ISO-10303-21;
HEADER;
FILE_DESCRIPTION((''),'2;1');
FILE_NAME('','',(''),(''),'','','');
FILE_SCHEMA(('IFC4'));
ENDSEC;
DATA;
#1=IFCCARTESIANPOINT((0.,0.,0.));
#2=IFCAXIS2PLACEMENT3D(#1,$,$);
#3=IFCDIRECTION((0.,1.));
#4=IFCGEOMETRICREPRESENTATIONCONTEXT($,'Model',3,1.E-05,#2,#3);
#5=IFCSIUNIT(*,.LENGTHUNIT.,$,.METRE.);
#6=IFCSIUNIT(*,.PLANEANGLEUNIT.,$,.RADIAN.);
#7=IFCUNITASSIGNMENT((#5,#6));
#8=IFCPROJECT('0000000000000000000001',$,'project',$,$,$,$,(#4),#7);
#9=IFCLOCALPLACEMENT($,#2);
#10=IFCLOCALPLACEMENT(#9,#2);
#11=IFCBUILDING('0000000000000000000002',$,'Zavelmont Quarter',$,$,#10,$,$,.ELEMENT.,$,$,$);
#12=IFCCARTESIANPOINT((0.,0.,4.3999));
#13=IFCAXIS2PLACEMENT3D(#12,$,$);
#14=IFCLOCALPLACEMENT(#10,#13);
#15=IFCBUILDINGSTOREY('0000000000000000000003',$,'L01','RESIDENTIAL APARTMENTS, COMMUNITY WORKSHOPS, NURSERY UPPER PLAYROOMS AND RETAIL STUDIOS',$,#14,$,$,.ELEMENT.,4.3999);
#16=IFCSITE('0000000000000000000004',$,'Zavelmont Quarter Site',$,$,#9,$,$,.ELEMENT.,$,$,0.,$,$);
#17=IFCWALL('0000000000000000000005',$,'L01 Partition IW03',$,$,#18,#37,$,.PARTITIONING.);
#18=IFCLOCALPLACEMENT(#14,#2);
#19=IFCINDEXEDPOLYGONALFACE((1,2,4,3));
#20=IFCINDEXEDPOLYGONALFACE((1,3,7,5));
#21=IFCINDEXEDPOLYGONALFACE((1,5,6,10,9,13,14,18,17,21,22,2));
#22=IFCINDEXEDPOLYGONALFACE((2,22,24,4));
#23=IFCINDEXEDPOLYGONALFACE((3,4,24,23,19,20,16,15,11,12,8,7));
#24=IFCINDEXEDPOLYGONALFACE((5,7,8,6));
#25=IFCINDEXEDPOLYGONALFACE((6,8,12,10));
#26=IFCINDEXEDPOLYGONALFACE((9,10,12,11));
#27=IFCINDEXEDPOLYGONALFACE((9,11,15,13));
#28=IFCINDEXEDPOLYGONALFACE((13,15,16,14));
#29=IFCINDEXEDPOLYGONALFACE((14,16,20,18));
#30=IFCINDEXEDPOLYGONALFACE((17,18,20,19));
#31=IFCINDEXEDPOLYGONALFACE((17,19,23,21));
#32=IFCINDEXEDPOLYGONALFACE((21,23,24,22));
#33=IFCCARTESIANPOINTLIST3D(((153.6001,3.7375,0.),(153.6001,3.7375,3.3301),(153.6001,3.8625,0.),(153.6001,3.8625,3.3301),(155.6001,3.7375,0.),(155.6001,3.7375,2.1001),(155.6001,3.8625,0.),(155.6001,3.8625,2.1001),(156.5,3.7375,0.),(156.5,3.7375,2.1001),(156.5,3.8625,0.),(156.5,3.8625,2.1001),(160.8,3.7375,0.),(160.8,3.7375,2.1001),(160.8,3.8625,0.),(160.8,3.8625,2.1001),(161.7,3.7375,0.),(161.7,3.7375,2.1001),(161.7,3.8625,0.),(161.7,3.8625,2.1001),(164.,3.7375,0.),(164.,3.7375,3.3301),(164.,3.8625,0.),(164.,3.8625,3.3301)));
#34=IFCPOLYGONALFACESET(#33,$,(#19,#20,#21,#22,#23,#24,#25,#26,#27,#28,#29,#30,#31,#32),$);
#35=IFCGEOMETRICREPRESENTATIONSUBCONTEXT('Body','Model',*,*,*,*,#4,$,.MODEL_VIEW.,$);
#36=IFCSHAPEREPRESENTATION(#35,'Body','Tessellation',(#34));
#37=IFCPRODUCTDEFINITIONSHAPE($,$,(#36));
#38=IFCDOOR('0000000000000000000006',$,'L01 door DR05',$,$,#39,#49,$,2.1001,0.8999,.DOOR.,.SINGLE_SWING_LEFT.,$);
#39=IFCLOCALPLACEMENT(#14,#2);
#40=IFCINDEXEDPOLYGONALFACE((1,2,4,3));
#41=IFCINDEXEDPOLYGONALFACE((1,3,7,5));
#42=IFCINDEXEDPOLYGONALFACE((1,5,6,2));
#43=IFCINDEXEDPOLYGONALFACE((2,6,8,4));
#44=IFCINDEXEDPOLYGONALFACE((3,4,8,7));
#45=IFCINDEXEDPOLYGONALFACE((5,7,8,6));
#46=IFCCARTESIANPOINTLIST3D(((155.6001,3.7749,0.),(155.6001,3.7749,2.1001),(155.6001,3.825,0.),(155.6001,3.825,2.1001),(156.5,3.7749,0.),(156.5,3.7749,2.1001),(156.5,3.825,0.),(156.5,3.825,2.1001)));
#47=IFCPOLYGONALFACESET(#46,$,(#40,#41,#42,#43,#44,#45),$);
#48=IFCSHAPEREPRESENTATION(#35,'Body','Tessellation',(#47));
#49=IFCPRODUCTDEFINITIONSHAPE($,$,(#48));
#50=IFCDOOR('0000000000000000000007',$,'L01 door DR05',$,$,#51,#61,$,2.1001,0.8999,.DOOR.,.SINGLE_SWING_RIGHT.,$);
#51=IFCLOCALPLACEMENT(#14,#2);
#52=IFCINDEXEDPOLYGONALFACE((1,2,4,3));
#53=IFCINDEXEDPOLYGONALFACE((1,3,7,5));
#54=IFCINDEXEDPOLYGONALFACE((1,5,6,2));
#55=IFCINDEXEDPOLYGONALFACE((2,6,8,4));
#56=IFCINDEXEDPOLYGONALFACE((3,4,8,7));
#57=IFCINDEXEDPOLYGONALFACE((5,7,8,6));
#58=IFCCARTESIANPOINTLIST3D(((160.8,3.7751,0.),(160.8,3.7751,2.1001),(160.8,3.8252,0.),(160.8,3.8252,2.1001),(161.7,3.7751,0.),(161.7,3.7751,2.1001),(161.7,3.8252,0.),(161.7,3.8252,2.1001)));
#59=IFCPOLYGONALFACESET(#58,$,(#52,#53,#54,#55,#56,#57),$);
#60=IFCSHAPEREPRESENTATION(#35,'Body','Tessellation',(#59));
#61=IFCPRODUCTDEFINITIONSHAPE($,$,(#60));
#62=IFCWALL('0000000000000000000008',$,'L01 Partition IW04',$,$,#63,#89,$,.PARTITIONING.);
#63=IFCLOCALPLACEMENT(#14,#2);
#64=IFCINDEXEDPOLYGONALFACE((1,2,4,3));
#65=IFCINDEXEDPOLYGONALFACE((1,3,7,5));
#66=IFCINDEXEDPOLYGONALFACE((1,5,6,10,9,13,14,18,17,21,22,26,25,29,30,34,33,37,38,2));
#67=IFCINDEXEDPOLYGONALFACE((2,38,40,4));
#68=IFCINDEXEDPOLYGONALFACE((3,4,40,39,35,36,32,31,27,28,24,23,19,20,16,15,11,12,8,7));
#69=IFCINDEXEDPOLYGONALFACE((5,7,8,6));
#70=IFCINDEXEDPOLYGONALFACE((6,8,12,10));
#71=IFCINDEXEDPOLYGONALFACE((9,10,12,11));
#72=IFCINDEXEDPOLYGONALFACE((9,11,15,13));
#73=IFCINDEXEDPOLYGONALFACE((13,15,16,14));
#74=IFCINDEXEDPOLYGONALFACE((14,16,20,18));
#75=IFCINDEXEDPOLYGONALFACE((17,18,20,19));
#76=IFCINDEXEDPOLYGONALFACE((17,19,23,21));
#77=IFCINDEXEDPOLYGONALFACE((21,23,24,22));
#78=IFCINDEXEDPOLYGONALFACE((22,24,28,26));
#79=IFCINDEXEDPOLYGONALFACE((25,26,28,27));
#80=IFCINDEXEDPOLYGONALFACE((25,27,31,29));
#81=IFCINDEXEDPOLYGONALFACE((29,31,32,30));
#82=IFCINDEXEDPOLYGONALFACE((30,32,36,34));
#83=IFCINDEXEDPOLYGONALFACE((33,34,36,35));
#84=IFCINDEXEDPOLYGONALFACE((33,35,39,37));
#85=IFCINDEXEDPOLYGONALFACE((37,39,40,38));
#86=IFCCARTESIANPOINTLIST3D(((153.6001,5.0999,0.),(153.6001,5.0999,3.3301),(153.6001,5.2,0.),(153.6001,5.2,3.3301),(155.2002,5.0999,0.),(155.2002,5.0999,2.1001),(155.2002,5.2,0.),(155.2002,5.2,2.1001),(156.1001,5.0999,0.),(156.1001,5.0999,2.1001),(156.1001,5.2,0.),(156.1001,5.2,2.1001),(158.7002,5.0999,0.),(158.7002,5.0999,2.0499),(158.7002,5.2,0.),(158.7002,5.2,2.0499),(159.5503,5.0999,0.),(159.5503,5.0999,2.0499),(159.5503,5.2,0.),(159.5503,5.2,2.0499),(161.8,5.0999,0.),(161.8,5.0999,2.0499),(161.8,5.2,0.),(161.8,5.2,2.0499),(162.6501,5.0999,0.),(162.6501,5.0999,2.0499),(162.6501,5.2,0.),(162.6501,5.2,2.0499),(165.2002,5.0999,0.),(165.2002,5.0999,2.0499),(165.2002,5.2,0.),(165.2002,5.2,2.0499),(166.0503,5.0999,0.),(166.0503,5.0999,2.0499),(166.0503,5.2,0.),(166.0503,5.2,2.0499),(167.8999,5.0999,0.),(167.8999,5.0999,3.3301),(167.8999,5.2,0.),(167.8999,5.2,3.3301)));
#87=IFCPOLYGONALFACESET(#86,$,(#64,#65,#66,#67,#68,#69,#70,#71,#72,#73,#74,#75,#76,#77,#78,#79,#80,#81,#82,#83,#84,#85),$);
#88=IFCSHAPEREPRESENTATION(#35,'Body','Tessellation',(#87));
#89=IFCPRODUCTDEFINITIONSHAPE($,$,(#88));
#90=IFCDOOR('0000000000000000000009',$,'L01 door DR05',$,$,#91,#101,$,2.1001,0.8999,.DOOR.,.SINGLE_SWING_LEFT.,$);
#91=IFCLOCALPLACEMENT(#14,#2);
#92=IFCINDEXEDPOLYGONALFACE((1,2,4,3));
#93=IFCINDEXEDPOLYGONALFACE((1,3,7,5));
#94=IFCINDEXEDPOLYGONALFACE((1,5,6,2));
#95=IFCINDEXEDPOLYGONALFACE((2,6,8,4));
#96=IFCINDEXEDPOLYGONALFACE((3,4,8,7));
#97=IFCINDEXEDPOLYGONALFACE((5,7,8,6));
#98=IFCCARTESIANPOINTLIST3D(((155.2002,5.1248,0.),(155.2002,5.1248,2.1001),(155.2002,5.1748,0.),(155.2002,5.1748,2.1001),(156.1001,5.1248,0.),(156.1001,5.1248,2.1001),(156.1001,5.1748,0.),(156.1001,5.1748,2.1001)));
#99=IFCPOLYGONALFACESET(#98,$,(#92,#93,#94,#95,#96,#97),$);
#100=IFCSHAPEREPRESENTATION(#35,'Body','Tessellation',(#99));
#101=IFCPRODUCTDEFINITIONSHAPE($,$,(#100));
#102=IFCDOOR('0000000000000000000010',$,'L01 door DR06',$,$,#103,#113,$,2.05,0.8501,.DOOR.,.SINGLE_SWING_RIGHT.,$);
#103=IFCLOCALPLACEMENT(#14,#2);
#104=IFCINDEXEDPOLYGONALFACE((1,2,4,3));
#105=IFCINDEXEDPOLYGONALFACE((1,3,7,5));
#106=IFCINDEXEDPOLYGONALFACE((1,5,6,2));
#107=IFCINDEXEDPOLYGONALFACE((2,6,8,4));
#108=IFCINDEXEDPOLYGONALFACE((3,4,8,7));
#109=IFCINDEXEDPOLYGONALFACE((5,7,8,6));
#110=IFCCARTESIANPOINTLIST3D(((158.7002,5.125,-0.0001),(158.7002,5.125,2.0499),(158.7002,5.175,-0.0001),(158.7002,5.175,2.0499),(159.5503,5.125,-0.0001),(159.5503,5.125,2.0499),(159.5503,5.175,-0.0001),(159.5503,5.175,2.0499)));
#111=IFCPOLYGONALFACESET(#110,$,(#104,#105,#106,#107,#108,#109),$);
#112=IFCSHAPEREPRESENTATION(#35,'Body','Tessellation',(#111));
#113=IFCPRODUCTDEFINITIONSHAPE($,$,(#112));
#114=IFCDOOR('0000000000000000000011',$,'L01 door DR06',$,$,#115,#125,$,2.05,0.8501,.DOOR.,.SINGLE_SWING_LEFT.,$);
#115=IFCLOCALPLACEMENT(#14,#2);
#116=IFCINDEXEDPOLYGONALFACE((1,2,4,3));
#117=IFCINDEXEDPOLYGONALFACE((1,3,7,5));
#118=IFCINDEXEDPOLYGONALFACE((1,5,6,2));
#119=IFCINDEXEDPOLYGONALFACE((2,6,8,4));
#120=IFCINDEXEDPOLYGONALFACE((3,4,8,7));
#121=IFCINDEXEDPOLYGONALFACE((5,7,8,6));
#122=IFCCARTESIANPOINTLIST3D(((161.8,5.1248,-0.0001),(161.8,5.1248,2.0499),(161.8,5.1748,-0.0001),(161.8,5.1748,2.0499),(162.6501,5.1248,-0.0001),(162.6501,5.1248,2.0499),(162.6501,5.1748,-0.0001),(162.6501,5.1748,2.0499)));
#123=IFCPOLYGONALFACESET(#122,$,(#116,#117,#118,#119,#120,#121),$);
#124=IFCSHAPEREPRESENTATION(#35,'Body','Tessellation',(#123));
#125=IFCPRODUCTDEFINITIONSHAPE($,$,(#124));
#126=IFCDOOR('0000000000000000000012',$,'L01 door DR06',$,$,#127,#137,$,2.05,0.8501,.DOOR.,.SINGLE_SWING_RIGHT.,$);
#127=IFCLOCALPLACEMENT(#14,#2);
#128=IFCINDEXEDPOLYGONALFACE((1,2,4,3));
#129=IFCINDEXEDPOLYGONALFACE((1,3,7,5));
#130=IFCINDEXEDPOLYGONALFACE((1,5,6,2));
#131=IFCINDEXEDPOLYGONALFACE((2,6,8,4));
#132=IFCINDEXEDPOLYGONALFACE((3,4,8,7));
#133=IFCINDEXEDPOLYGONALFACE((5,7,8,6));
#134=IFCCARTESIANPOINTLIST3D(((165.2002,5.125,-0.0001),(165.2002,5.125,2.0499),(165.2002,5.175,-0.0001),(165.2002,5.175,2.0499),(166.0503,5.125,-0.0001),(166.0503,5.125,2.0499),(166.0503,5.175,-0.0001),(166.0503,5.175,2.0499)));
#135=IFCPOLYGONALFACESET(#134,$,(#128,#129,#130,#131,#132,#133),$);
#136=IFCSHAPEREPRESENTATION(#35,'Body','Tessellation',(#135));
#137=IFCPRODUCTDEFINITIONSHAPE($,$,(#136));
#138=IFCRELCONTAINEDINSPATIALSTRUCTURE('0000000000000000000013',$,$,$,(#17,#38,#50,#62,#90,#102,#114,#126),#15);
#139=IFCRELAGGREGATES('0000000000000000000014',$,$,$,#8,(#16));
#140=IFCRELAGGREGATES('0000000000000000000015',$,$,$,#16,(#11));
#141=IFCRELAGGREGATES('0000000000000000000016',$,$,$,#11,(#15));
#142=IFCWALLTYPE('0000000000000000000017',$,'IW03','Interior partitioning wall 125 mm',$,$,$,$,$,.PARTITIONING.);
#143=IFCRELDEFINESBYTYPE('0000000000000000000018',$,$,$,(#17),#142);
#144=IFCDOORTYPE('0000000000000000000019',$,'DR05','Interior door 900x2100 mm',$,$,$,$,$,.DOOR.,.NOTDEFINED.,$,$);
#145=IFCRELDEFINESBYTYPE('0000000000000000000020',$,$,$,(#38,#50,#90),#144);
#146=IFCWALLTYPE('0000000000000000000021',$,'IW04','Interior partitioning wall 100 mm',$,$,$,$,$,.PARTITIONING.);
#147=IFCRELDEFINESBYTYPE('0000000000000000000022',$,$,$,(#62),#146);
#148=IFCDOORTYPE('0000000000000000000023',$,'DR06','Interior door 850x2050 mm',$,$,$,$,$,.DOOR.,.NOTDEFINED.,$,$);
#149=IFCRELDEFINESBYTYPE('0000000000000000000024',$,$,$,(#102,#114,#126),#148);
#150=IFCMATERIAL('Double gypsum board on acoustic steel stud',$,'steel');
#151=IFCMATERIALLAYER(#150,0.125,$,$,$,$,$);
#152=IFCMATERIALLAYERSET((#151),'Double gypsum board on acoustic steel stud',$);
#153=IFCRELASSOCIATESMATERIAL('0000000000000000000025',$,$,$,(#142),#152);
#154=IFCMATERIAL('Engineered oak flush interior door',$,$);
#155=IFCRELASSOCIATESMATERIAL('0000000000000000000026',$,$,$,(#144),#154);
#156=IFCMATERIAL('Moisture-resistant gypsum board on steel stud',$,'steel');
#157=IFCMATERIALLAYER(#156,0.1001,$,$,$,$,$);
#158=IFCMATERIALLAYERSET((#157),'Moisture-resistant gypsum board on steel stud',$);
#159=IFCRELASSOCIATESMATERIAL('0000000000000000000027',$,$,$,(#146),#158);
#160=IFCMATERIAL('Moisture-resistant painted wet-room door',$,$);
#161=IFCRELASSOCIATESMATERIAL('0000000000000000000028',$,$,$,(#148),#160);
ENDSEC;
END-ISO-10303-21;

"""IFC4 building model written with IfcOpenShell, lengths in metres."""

from ifc_helpers import new_model, si_unit, direction, frame, frame_2d, origin, origin_with_axes, place, context, subcontext, project, spatial, rectangle, extrude, material, layer, layer_set, type_object, element, fill, save


model = new_model("IFC4")

# Units and contexts
model_context = context("Model", 3, precision=1e-05, world=origin(), true_north=direction((0.0, 1.0)))
body_context = subcontext(model_context, "Body", "Model", "MODEL_VIEW")
ifc_project = project(units=[si_unit("LENGTHUNIT", "METRE"), si_unit("PLANEANGLEUNIT", "RADIAN")], contexts=[model_context])

# Site, building, storey
site_placement = place(None, origin())
site = spatial("IfcSite", under=ifc_project, at=site_placement, Name="Zavelmont Quarter Site", CompositionType="ELEMENT", RefElevation=0.0)
building_placement = place(site_placement, origin())
building = spatial("IfcBuilding", under=site, at=building_placement, Name="Zavelmont Quarter", CompositionType="ELEMENT")
storey_placement = place(building_placement, frame((0.0, 0.0, 4.3999)))
storey = spatial("IfcBuildingStorey", under=building, at=storey_placement, Name="L01", Description="RESIDENTIAL APARTMENTS, COMMUNITY WORKSHOPS, NURSERY UPPER PLAYROOMS AND RETAIL STUDIOS", CompositionType="ELEMENT", Elevation=4.3999)

# Shared definitions
ifc_material_1 = material(Name="Double gypsum board on acoustic steel stud", Category="steel")
ifc_layer_1 = layer(ifc_material_1, 0.125)
ifc_layer_set_1 = layer_set([ifc_layer_1], Name="Double gypsum board on acoustic steel stud")
wall_type_1 = type_object("IfcWallType", Name="IW03", Description="Interior partitioning wall 125 mm", PredefinedType="PARTITIONING", material=ifc_layer_set_1)
ifc_material_2 = material(Name="Engineered oak flush interior door")
door_type_1 = type_object("IfcDoorType", Name="DR05", Description="Interior door 900x2100 mm", OperationType="NOTDEFINED", PredefinedType="DOOR", material=ifc_material_2)

# Walls, openings, doors
wall_1_placement = place(storey_placement, frame((153.6001, 3.8, 0.0), z_axis=(0.0, 0.0, 1.0), x_axis=(1.0, 0.0, 0.0)))
wall_1 = element("IfcWall", 1, at=wall_1_placement, inside=storey, type_object=wall_type_1, Name="L01 Partition IW03", PredefinedType="PARTITIONING", context=body_context, shape_type="SweptSolid", body=[
    extrude(rectangle(XDim=10.3999, YDim=0.125, at=frame_2d((5.2, 0.0))), origin(), (0.0, 0.0, 1.0), 3.3301),
])
opening_1_placement = place(wall_1_placement, frame((2.0, 0.0, 0.0)))
opening_1 = element("IfcOpeningElement", 2, at=opening_1_placement, cuts=wall_1, PredefinedType="OPENING", context=body_context, shape_type="SweptSolid", body=[
    extrude(rectangle(XDim=0.8999, YDim=2.1001, at=frame_2d((0.45, 1.05))), frame((0.0, 0.0745, 0.0), z_axis=(0.0, -1.0, 0.0), x_axis=(1.0, 0.0, 0.0)), (0.0, 0.0, 1.0), 0.1489),
])
opening_2_placement = place(wall_1_placement, frame((7.2, 0.0, 0.0)))
opening_2 = element("IfcOpeningElement", 3, at=opening_2_placement, cuts=wall_1, PredefinedType="OPENING", context=body_context, shape_type="SweptSolid", body=[
    extrude(rectangle(XDim=0.8999, YDim=2.1001, at=frame_2d((0.45, 1.05))), frame((0.0, 0.0745, 0.0), z_axis=(0.0, -1.0, 0.0), x_axis=(1.0, 0.0, 0.0)), (0.0, 0.0, 1.0), 0.1489),
])
door_1_placement = place(opening_1_placement, origin_with_axes())
door_1 = element("IfcDoor", 4, at=door_1_placement, inside=storey, type_object=door_type_1, Name="L01 door DR05", OperationType="SINGLE_SWING_LEFT", OverallHeight=2.1001, OverallWidth=0.8999, PredefinedType="DOOR", context=body_context, shape_type="SweptSolid", body=[
    extrude(rectangle(XDim=0.8999, YDim=2.1001, at=frame_2d((0.45, 1.05))), frame((0.0, 0.0249, 0.0), z_axis=(0.0, -1.0, 0.0), x_axis=(1.0, 0.0, 0.0)), (0.0, 0.0, 1.0), 0.05),
])
fill(opening_1, door_1)
door_2_placement = place(opening_2_placement, frame((0.8999, 0.0, 0.0), z_axis=(0.0, 0.0, 1.0), x_axis=(-1.0, 0.0, 0.0)))
door_2 = element("IfcDoor", 5, at=door_2_placement, inside=storey, type_object=door_type_1, Name="L01 door DR05", OperationType="SINGLE_SWING_RIGHT", OverallHeight=2.1001, OverallWidth=0.8999, PredefinedType="DOOR", context=body_context, shape_type="SweptSolid", body=[
    extrude(rectangle(XDim=0.8999, YDim=2.1001, at=frame_2d((0.45, 1.05))), frame((0.0, 0.0249, 0.0), z_axis=(0.0, -1.0, 0.0), x_axis=(1.0, 0.0, 0.0)), (0.0, 0.0, 1.0), 0.05),
])
fill(opening_2, door_2)
ifc_material_3 = material(Name="Moisture-resistant gypsum board on steel stud", Category="steel")
ifc_layer_2 = layer(ifc_material_3, 0.1001)
ifc_layer_set_2 = layer_set([ifc_layer_2], Name="Moisture-resistant gypsum board on steel stud")
wall_type_2 = type_object("IfcWallType", Name="IW04", Description="Interior partitioning wall 100 mm", PredefinedType="PARTITIONING", material=ifc_layer_set_2)
wall_2_placement = place(storey_placement, frame((153.6001, 5.1499, 0.0), z_axis=(0.0, 0.0, 1.0), x_axis=(1.0, 0.0, 0.0)))
wall_2 = element("IfcWall", 6, at=wall_2_placement, inside=storey, type_object=wall_type_2, Name="L01 Partition IW04", PredefinedType="PARTITIONING", context=body_context, shape_type="SweptSolid", body=[
    extrude(rectangle(XDim=14.2998, YDim=0.1001, at=frame_2d((7.1499, 0.0))), origin(), (0.0, 0.0, 1.0), 3.3301),
])
opening_3_placement = place(wall_2_placement, frame((1.6001, 0.0, 0.0)))
opening_3 = element("IfcOpeningElement", 7, at=opening_3_placement, cuts=wall_2, PredefinedType="OPENING", context=body_context, shape_type="SweptSolid", body=[
    extrude(rectangle(XDim=0.8999, YDim=2.1001, at=frame_2d((0.45, 1.05))), frame((0.0, 0.062, 0.0), z_axis=(0.0, -1.0, 0.0), x_axis=(1.0, 0.0, 0.0)), (0.0, 0.0, 1.0), 0.124),
])
opening_4_placement = place(wall_2_placement, frame((5.1001, 0.0, 0.0)))
opening_4 = element("IfcOpeningElement", 8, at=opening_4_placement, cuts=wall_2, PredefinedType="OPENING", context=body_context, shape_type="SweptSolid", body=[
    extrude(rectangle(XDim=0.8501, YDim=2.05, at=frame_2d((0.425, 1.0249))), frame((0.0, 0.062, 0.0), z_axis=(0.0, -1.0, 0.0), x_axis=(1.0, 0.0, 0.0)), (0.0, 0.0, 1.0), 0.124),
])
opening_5_placement = place(wall_2_placement, frame((8.2, 0.0, 0.0)))
opening_5 = element("IfcOpeningElement", 9, at=opening_5_placement, cuts=wall_2, PredefinedType="OPENING", context=body_context, shape_type="SweptSolid", body=[
    extrude(rectangle(XDim=0.8501, YDim=2.05, at=frame_2d((0.425, 1.0249))), frame((0.0, 0.062, 0.0), z_axis=(0.0, -1.0, 0.0), x_axis=(1.0, 0.0, 0.0)), (0.0, 0.0, 1.0), 0.124),
])
opening_6_placement = place(wall_2_placement, frame((11.6001, 0.0, 0.0)))
opening_6 = element("IfcOpeningElement", 10, at=opening_6_placement, cuts=wall_2, PredefinedType="OPENING", context=body_context, shape_type="SweptSolid", body=[
    extrude(rectangle(XDim=0.8501, YDim=2.05, at=frame_2d((0.425, 1.0249))), frame((0.0, 0.062, 0.0), z_axis=(0.0, -1.0, 0.0), x_axis=(1.0, 0.0, 0.0)), (0.0, 0.0, 1.0), 0.124),
])
door_3_placement = place(opening_3_placement, origin_with_axes())
door_3 = element("IfcDoor", 11, at=door_3_placement, inside=storey, type_object=door_type_1, Name="L01 door DR05", OperationType="SINGLE_SWING_LEFT", OverallHeight=2.1001, OverallWidth=0.8999, PredefinedType="DOOR", context=body_context, shape_type="SweptSolid", body=[
    extrude(rectangle(XDim=0.8999, YDim=2.1001, at=frame_2d((0.45, 1.05))), frame((0.0, 0.0249, 0.0), z_axis=(0.0, -1.0, 0.0), x_axis=(1.0, 0.0, 0.0)), (0.0, 0.0, 1.0), 0.05),
])
fill(opening_3, door_3)
ifc_material_4 = material(Name="Moisture-resistant painted wet-room door")
door_type_2 = type_object("IfcDoorType", Name="DR06", Description="Interior door 850x2050 mm", OperationType="NOTDEFINED", PredefinedType="DOOR", material=ifc_material_4)
door_4_placement = place(opening_4_placement, frame((0.8501, 0.0, 0.0), z_axis=(0.0, 0.0, 1.0), x_axis=(-1.0, 0.0, 0.0)))
door_4 = element("IfcDoor", 12, at=door_4_placement, inside=storey, type_object=door_type_2, Name="L01 door DR06", OperationType="SINGLE_SWING_RIGHT", OverallHeight=2.05, OverallWidth=0.8501, PredefinedType="DOOR", context=body_context, shape_type="SweptSolid", body=[
    extrude(rectangle(XDim=0.8501, YDim=2.05, at=frame_2d((0.425, 1.0249))), frame((0.0, 0.0249, 0.0), z_axis=(0.0, -1.0, 0.0), x_axis=(1.0, 0.0, 0.0)), (0.0, 0.0, 1.0), 0.05),
])
fill(opening_4, door_4)
door_5_placement = place(opening_5_placement, origin_with_axes())
door_5 = element("IfcDoor", 13, at=door_5_placement, inside=storey, type_object=door_type_2, Name="L01 door DR06", OperationType="SINGLE_SWING_LEFT", OverallHeight=2.05, OverallWidth=0.8501, PredefinedType="DOOR", context=body_context, shape_type="SweptSolid", body=[
    extrude(rectangle(XDim=0.8501, YDim=2.05, at=frame_2d((0.425, 1.0249))), frame((0.0, 0.0249, 0.0), z_axis=(0.0, -1.0, 0.0), x_axis=(1.0, 0.0, 0.0)), (0.0, 0.0, 1.0), 0.05),
])
fill(opening_5, door_5)
door_6_placement = place(opening_6_placement, frame((0.8501, 0.0, 0.0), z_axis=(0.0, 0.0, 1.0), x_axis=(-1.0, 0.0, 0.0)))
door_6 = element("IfcDoor", 14, at=door_6_placement, inside=storey, type_object=door_type_2, Name="L01 door DR06", OperationType="SINGLE_SWING_RIGHT", OverallHeight=2.05, OverallWidth=0.8501, PredefinedType="DOOR", context=body_context, shape_type="SweptSolid", body=[
    extrude(rectangle(XDim=0.8501, YDim=2.05, at=frame_2d((0.425, 1.0249))), frame((0.0, 0.0249, 0.0), z_axis=(0.0, -1.0, 0.0), x_axis=(1.0, 0.0, 0.0)), (0.0, 0.0, 1.0), 0.05),
])
fill(opening_6, door_6)

save(model, "model.ifc")
